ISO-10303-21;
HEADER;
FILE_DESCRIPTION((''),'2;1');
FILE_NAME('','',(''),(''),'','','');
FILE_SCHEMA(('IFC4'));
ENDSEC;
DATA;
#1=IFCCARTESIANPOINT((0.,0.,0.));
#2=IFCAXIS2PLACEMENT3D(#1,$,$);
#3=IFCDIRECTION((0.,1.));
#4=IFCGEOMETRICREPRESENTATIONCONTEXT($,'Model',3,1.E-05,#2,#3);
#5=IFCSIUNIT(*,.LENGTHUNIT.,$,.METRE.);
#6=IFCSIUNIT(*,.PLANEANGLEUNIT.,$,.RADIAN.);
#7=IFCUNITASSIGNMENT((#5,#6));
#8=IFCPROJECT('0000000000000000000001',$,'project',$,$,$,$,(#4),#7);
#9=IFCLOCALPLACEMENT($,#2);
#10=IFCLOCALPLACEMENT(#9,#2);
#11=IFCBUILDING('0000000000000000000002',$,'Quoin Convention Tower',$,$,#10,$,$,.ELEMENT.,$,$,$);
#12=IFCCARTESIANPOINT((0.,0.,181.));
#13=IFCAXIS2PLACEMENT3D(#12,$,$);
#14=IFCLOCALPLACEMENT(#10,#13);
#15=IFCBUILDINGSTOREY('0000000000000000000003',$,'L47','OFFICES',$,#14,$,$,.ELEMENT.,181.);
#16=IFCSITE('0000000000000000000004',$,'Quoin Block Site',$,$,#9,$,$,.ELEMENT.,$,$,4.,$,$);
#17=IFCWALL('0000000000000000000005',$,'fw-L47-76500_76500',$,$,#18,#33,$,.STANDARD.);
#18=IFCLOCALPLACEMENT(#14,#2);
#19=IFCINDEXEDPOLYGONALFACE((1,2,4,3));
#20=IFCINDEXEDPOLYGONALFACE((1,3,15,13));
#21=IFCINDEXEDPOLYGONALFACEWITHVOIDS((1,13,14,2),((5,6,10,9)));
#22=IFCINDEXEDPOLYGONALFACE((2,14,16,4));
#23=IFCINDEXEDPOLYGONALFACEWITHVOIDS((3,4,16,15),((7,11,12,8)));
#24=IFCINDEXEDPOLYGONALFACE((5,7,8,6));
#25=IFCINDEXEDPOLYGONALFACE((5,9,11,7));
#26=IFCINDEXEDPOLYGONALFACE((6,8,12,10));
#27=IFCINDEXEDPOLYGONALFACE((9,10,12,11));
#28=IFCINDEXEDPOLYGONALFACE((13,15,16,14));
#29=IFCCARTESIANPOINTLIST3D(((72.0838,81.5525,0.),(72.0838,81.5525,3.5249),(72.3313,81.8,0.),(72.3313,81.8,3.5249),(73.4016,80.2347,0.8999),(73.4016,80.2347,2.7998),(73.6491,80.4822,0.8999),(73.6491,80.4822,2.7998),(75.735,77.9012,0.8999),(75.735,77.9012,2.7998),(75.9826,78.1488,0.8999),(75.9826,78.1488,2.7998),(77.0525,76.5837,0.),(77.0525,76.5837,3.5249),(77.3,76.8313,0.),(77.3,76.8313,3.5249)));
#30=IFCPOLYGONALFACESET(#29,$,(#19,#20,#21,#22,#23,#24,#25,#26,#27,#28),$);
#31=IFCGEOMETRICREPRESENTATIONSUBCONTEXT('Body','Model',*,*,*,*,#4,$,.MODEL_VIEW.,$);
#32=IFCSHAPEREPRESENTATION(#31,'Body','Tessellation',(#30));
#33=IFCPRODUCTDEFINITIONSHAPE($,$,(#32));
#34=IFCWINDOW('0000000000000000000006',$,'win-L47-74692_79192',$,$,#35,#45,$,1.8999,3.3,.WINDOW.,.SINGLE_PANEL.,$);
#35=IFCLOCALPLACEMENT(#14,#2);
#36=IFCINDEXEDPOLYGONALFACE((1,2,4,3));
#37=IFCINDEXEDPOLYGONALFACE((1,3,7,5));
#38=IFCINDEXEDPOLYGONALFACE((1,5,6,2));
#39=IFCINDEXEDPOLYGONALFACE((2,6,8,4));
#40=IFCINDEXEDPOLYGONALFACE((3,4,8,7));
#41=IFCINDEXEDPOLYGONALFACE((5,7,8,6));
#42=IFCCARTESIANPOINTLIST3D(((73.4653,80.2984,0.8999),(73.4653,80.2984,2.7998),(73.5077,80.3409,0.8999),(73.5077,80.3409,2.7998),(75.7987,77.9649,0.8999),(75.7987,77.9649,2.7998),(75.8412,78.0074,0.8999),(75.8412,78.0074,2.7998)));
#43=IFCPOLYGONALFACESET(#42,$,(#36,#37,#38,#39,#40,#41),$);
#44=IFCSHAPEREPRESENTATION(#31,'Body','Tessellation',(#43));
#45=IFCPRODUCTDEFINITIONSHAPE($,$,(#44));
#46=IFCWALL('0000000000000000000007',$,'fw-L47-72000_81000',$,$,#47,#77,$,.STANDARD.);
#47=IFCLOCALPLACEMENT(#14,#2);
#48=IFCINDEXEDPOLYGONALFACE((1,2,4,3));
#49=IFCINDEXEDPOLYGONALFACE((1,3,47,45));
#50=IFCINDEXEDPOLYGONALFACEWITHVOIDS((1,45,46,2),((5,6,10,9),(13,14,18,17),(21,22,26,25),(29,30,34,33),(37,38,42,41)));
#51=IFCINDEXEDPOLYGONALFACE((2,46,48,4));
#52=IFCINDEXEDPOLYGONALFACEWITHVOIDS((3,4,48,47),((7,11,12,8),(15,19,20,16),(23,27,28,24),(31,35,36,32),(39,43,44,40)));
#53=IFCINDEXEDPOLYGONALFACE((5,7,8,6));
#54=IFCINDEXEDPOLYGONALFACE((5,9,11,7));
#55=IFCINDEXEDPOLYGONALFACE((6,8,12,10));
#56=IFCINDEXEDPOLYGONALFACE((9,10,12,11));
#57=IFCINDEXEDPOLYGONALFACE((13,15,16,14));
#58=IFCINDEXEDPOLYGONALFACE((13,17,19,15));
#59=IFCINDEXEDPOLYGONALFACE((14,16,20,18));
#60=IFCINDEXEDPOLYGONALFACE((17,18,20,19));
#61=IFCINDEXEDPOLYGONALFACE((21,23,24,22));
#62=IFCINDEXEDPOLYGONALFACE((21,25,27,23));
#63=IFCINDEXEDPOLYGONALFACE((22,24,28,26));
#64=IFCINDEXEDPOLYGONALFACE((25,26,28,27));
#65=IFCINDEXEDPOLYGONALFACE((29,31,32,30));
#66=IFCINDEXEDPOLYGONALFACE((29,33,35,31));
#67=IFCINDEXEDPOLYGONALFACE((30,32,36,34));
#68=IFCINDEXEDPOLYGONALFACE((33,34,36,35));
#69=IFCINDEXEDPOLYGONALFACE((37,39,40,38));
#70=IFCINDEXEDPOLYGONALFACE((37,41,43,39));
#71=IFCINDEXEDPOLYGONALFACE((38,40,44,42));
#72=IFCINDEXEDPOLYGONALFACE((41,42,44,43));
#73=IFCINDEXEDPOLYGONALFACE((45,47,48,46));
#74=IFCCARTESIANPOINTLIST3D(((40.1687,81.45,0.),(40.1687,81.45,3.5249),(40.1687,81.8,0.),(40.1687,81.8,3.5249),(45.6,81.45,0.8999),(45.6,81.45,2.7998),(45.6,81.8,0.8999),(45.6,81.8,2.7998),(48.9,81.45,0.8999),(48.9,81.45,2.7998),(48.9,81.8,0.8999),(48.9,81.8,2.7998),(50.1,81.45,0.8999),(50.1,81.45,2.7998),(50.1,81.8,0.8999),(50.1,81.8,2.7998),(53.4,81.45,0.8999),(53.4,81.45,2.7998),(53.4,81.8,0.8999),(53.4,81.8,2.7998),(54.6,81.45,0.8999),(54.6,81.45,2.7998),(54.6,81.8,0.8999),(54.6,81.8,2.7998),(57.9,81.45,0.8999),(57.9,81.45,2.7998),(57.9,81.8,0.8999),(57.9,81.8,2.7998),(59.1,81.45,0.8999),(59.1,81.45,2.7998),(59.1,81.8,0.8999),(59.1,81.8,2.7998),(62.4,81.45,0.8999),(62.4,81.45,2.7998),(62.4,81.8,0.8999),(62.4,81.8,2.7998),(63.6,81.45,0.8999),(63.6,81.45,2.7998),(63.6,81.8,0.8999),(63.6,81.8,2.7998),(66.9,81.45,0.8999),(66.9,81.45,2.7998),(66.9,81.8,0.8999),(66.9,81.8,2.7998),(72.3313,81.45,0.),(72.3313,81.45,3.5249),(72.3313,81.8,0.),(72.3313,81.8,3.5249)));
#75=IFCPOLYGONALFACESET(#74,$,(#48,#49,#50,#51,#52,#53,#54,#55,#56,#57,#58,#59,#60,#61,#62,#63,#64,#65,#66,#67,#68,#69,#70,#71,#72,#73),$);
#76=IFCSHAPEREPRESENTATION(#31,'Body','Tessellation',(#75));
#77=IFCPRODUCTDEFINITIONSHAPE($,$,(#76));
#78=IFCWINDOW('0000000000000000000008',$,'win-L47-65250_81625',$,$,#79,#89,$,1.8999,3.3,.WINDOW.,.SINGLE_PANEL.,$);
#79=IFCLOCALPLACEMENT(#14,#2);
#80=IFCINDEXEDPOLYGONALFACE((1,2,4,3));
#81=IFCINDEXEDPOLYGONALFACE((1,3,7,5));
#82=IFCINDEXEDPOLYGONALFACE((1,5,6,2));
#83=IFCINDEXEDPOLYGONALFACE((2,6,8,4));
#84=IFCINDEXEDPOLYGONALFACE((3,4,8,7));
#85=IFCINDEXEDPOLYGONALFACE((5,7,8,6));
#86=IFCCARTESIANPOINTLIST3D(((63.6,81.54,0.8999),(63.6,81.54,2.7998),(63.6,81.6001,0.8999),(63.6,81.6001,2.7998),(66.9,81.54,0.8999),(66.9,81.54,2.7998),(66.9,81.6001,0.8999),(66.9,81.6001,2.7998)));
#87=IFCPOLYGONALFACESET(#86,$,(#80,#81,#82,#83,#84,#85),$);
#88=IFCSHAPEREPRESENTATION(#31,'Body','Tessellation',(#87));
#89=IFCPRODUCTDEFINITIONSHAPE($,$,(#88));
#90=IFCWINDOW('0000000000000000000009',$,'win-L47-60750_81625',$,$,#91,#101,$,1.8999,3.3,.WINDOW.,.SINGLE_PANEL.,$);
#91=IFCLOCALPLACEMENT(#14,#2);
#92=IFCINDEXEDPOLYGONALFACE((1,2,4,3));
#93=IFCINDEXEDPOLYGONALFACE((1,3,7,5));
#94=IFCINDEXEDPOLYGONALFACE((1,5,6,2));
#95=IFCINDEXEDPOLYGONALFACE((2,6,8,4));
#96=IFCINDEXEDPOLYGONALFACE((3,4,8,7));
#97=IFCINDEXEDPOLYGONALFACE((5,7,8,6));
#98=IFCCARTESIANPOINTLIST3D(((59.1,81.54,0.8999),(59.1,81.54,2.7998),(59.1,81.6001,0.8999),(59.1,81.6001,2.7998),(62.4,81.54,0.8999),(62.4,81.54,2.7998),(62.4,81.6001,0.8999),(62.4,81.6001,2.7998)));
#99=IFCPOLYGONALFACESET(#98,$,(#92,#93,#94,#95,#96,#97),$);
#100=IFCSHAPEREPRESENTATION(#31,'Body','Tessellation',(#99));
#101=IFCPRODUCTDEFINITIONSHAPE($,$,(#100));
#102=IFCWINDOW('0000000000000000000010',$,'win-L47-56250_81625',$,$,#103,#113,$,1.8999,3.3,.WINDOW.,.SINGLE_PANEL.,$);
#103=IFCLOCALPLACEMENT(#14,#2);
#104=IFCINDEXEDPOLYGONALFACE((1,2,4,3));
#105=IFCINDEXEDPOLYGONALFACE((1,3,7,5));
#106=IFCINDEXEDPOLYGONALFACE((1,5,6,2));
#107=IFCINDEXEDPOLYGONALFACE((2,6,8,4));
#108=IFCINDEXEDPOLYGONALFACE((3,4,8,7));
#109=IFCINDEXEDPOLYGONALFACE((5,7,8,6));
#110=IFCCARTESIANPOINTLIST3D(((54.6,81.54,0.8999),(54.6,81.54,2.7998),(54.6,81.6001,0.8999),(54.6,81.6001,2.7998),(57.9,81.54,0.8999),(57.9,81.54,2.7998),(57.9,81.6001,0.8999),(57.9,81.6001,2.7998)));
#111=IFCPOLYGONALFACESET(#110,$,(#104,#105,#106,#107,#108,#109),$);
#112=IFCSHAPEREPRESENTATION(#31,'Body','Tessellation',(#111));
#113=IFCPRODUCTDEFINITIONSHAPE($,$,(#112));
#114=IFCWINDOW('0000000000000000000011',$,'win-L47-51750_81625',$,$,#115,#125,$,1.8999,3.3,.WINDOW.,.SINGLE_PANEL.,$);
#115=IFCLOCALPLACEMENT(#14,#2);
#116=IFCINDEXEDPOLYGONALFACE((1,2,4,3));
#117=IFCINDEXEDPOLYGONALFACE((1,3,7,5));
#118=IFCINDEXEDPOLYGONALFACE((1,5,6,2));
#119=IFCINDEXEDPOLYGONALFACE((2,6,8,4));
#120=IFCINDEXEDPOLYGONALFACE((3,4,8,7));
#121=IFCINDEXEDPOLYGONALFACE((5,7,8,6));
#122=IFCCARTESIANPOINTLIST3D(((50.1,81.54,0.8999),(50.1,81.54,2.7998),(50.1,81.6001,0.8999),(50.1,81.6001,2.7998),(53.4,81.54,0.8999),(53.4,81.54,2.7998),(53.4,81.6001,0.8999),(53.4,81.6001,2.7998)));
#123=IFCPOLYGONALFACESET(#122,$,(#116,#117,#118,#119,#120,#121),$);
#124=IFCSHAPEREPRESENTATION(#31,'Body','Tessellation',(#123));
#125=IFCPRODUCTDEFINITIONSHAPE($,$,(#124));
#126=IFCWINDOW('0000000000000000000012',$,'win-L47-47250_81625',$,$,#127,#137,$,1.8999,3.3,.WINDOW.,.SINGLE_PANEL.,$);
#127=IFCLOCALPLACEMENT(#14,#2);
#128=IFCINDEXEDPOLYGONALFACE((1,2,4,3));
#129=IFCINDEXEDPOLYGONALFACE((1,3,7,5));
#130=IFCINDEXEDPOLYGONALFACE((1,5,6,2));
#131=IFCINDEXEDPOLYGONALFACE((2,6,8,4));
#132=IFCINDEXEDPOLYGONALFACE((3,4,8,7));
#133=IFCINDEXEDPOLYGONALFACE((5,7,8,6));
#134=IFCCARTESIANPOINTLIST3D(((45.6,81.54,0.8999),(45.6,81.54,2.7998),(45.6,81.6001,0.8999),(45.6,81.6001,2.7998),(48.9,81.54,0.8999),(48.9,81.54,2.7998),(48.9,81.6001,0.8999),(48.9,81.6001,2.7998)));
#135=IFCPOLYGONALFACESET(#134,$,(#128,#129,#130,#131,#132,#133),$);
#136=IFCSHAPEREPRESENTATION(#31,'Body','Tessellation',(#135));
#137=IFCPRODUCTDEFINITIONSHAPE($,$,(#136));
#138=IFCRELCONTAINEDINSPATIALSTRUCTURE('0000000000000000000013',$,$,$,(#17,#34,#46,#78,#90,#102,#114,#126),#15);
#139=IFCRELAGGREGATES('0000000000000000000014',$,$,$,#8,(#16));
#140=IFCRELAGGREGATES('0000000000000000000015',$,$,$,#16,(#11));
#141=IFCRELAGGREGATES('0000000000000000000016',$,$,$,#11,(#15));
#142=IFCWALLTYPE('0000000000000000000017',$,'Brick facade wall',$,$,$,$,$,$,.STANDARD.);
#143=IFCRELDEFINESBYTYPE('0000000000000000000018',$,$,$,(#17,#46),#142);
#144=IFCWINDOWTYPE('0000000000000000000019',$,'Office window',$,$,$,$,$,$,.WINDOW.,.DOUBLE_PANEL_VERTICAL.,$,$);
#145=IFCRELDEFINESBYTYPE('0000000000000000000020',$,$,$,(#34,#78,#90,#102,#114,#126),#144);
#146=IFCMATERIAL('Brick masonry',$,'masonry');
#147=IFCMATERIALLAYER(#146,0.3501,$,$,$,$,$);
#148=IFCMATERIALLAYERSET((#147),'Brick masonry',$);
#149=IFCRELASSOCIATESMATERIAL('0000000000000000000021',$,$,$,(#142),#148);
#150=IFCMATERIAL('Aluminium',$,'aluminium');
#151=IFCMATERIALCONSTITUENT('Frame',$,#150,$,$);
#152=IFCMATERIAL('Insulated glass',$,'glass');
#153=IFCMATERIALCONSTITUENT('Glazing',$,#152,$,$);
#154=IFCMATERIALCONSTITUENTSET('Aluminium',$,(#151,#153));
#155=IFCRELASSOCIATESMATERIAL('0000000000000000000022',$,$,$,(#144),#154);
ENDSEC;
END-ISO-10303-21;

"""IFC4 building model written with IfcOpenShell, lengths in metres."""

from ifc_helpers import new_model, si_unit, direction, frame, frame_2d, origin, place, context, subcontext, project, spatial, rectangle, extrude, material, layer, layer_set, constituent, constituent_set, type_object, element, fill, save


model = new_model("IFC4")

# Units and contexts
model_context = context("Model", 3, precision=1e-05, world=origin(), true_north=direction((0.0, 1.0)))
body_context = subcontext(model_context, "Body", "Model", "MODEL_VIEW")
ifc_project = project(units=[si_unit("LENGTHUNIT", "METRE"), si_unit("PLANEANGLEUNIT", "RADIAN")], contexts=[model_context])

# Site, building, storey
site_placement = place(None, origin())
site = spatial("IfcSite", under=ifc_project, at=site_placement, Name="Quoin Block Site", CompositionType="ELEMENT", RefElevation=4.0)
building_placement = place(site_placement, origin())
building = spatial("IfcBuilding", under=site, at=building_placement, Name="Quoin Convention Tower", CompositionType="ELEMENT")
storey_placement = place(building_placement, frame((0.0, 0.0, 181.0)))
storey = spatial("IfcBuildingStorey", under=building, at=storey_placement, Name="L47", Description="OFFICES", CompositionType="ELEMENT", Elevation=181.0)

# Wall, opening, window
ifc_material_1 = material(Name="Brick masonry", Category="masonry")
ifc_layer_1 = layer(ifc_material_1, 0.3501)
ifc_layer_set_1 = layer_set([ifc_layer_1], Name="Brick masonry")
wall_type_1 = type_object("IfcWallType", Name="Brick facade wall", PredefinedType="STANDARD", material=ifc_layer_set_1)
wall_1_placement = place(storey_placement, frame((77.1763, 76.7075, 0.0), z_axis=(0.0, 0.0, 1.0), x_axis=(-0.707107, 0.707107, 0.0)))
wall_1 = element("IfcWall", 1, at=wall_1_placement, inside=storey, type_object=wall_type_1, Name="fw-L47-76500_76500", PredefinedType="STANDARD", context=body_context, shape_type="SweptSolid", body=[
    extrude(rectangle(XDim=7.0269, YDim=0.3501, at=frame_2d((3.5134, 0.0))), origin(), (0.0, 0.0, 1.0), 3.5249),
])
opening_1_placement = place(wall_1_placement, frame((1.8633, 0.0, 0.8999)))
opening_1 = element("IfcOpeningElement", 2, at=opening_1_placement, cuts=wall_1, PredefinedType="OPENING", context=body_context, shape_type="SweptSolid", body=[
    extrude(rectangle(XDim=3.3, YDim=1.8999, at=frame_2d((1.6499, 0.95))), frame((0.0, 0.1851, 0.0), z_axis=(0.0, -1.0, 0.0), x_axis=(1.0, 0.0, 0.0)), (0.0, 0.0, 1.0), 0.3701),
])
ifc_material_2 = material(Name="Aluminium", Category="aluminium")
ifc_constituent_1 = constituent(ifc_material_2, Name="Frame")
ifc_material_3 = material(Name="Insulated glass", Category="glass")
ifc_constituent_2 = constituent(ifc_material_3, Name="Glazing")
ifc_constituent_set = constituent_set(constituents=[ifc_constituent_1, ifc_constituent_2], Name="Aluminium")
window_type = type_object("IfcWindowType", Name="Office window", PartitioningType="DOUBLE_PANEL_VERTICAL", PredefinedType="WINDOW", material=ifc_constituent_set)
window_1_placement = place(opening_1_placement, origin())
window_1 = element("IfcWindow", 3, at=window_1_placement, inside=storey, type_object=window_type, Name="win-L47-74692_79192", OverallHeight=1.8999, OverallWidth=3.3, PartitioningType="SINGLE_PANEL", PredefinedType="WINDOW", context=body_context, shape_type="SweptSolid", body=[
    extrude(rectangle(XDim=3.3, YDim=1.8999, at=frame_2d((1.6499, 0.95))), frame((0.0, 0.085, 0.0), z_axis=(0.0, -1.0, 0.0), x_axis=(1.0, 0.0, 0.0)), (0.0, 0.0, 1.0), 0.0601),
])
fill(opening_1, window_1)

# Wall, openings, windows
wall_2_placement = place(storey_placement, frame((72.3313, 81.625, 0.0), z_axis=(0.0, 0.0, 1.0), x_axis=(-1.0, 0.0, 0.0)))
wall_2 = element("IfcWall", 4, at=wall_2_placement, inside=storey, type_object=wall_type_1, Name="fw-L47-72000_81000", PredefinedType="STANDARD", context=body_context, shape_type="SweptSolid", body=[
    extrude(rectangle(XDim=32.1626, YDim=0.3501, at=frame_2d((16.0813, 0.0))), origin(), (0.0, 0.0, 1.0), 3.5249),
])
opening_2_placement = place(wall_2_placement, frame((5.4314, 0.0, 0.8999)))
opening_2 = element("IfcOpeningElement", 5, at=opening_2_placement, cuts=wall_2, PredefinedType="OPENING", context=body_context, shape_type="SweptSolid", body=[
    extrude(rectangle(XDim=3.3, YDim=1.8999, at=frame_2d((1.6499, 0.95))), frame((0.0, 0.1851, 0.0), z_axis=(0.0, -1.0, 0.0), x_axis=(1.0, 0.0, 0.0)), (0.0, 0.0, 1.0), 0.3701),
])
opening_3_placement = place(wall_2_placement, frame((9.9314, 0.0, 0.8999)))
opening_3 = element("IfcOpeningElement", 6, at=opening_3_placement, cuts=wall_2, PredefinedType="OPENING", context=body_context, shape_type="SweptSolid", body=[
    extrude(rectangle(XDim=3.3, YDim=1.8999, at=frame_2d((1.6499, 0.95))), frame((0.0, 0.1851, 0.0), z_axis=(0.0, -1.0, 0.0), x_axis=(1.0, 0.0, 0.0)), (0.0, 0.0, 1.0), 0.3701),
])
opening_4_placement = place(wall_2_placement, frame((14.4314, 0.0, 0.8999)))
opening_4 = element("IfcOpeningElement", 7, at=opening_4_placement, cuts=wall_2, PredefinedType="OPENING", context=body_context, shape_type="SweptSolid", body=[
    extrude(rectangle(XDim=3.3, YDim=1.8999, at=frame_2d((1.6499, 0.95))), frame((0.0, 0.1851, 0.0), z_axis=(0.0, -1.0, 0.0), x_axis=(1.0, 0.0, 0.0)), (0.0, 0.0, 1.0), 0.3701),
])
opening_5_placement = place(wall_2_placement, frame((18.9314, 0.0, 0.8999)))
opening_5 = element("IfcOpeningElement", 8, at=opening_5_placement, cuts=wall_2, PredefinedType="OPENING", context=body_context, shape_type="SweptSolid", body=[
    extrude(rectangle(XDim=3.3, YDim=1.8999, at=frame_2d((1.6499, 0.95))), frame((0.0, 0.1851, 0.0), z_axis=(0.0, -1.0, 0.0), x_axis=(1.0, 0.0, 0.0)), (0.0, 0.0, 1.0), 0.3701),
])
opening_6_placement = place(wall_2_placement, frame((23.4314, 0.0, 0.8999)))
opening_6 = element("IfcOpeningElement", 9, at=opening_6_placement, cuts=wall_2, PredefinedType="OPENING", context=body_context, shape_type="SweptSolid", body=[
    extrude(rectangle(XDim=3.3, YDim=1.8999, at=frame_2d((1.6499, 0.95))), frame((0.0, 0.1851, 0.0), z_axis=(0.0, -1.0, 0.0), x_axis=(1.0, 0.0, 0.0)), (0.0, 0.0, 1.0), 0.3701),
])
window_2_placement = place(opening_2_placement, origin())
window_2 = element("IfcWindow", 10, at=window_2_placement, inside=storey, type_object=window_type, Name="win-L47-65250_81625", OverallHeight=1.8999, OverallWidth=3.3, PartitioningType="SINGLE_PANEL", PredefinedType="WINDOW", context=body_context, shape_type="SweptSolid", body=[
    extrude(rectangle(XDim=3.3, YDim=1.8999, at=frame_2d((1.6499, 0.95))), frame((0.0, 0.085, 0.0), z_axis=(0.0, -1.0, 0.0), x_axis=(1.0, 0.0, 0.0)), (0.0, 0.0, 1.0), 0.0601),
])
fill(opening_2, window_2)
window_3_placement = place(opening_3_placement, origin())
window_3 = element("IfcWindow", 11, at=window_3_placement, inside=storey, type_object=window_type, Name="win-L47-60750_81625", OverallHeight=1.8999, OverallWidth=3.3, PartitioningType="SINGLE_PANEL", PredefinedType="WINDOW", context=body_context, shape_type="SweptSolid", body=[
    extrude(rectangle(XDim=3.3, YDim=1.8999, at=frame_2d((1.6499, 0.95))), frame((0.0, 0.085, 0.0), z_axis=(0.0, -1.0, 0.0), x_axis=(1.0, 0.0, 0.0)), (0.0, 0.0, 1.0), 0.0601),
])
fill(opening_3, window_3)
window_4_placement = place(opening_4_placement, origin())
window_4 = element("IfcWindow", 12, at=window_4_placement, inside=storey, type_object=window_type, Name="win-L47-56250_81625", OverallHeight=1.8999, OverallWidth=3.3, PartitioningType="SINGLE_PANEL", PredefinedType="WINDOW", context=body_context, shape_type="SweptSolid", body=[
    extrude(rectangle(XDim=3.3, YDim=1.8999, at=frame_2d((1.6499, 0.95))), frame((0.0, 0.085, 0.0), z_axis=(0.0, -1.0, 0.0), x_axis=(1.0, 0.0, 0.0)), (0.0, 0.0, 1.0), 0.0601),
])
fill(opening_4, window_4)
window_5_placement = place(opening_5_placement, origin())
window_5 = element("IfcWindow", 13, at=window_5_placement, inside=storey, type_object=window_type, Name="win-L47-51750_81625", OverallHeight=1.8999, OverallWidth=3.3, PartitioningType="SINGLE_PANEL", PredefinedType="WINDOW", context=body_context, shape_type="SweptSolid", body=[
    extrude(rectangle(XDim=3.3, YDim=1.8999, at=frame_2d((1.6499, 0.95))), frame((0.0, 0.085, 0.0), z_axis=(0.0, -1.0, 0.0), x_axis=(1.0, 0.0, 0.0)), (0.0, 0.0, 1.0), 0.0601),
])
fill(opening_5, window_5)
window_6_placement = place(opening_6_placement, origin())
window_6 = element("IfcWindow", 14, at=window_6_placement, inside=storey, type_object=window_type, Name="win-L47-47250_81625", OverallHeight=1.8999, OverallWidth=3.3, PartitioningType="SINGLE_PANEL", PredefinedType="WINDOW", context=body_context, shape_type="SweptSolid", body=[
    extrude(rectangle(XDim=3.3, YDim=1.8999, at=frame_2d((1.6499, 0.95))), frame((0.0, 0.085, 0.0), z_axis=(0.0, -1.0, 0.0), x_axis=(1.0, 0.0, 0.0)), (0.0, 0.0, 1.0), 0.0601),
])
fill(opening_6, window_6)

save(model, "model.ifc")
